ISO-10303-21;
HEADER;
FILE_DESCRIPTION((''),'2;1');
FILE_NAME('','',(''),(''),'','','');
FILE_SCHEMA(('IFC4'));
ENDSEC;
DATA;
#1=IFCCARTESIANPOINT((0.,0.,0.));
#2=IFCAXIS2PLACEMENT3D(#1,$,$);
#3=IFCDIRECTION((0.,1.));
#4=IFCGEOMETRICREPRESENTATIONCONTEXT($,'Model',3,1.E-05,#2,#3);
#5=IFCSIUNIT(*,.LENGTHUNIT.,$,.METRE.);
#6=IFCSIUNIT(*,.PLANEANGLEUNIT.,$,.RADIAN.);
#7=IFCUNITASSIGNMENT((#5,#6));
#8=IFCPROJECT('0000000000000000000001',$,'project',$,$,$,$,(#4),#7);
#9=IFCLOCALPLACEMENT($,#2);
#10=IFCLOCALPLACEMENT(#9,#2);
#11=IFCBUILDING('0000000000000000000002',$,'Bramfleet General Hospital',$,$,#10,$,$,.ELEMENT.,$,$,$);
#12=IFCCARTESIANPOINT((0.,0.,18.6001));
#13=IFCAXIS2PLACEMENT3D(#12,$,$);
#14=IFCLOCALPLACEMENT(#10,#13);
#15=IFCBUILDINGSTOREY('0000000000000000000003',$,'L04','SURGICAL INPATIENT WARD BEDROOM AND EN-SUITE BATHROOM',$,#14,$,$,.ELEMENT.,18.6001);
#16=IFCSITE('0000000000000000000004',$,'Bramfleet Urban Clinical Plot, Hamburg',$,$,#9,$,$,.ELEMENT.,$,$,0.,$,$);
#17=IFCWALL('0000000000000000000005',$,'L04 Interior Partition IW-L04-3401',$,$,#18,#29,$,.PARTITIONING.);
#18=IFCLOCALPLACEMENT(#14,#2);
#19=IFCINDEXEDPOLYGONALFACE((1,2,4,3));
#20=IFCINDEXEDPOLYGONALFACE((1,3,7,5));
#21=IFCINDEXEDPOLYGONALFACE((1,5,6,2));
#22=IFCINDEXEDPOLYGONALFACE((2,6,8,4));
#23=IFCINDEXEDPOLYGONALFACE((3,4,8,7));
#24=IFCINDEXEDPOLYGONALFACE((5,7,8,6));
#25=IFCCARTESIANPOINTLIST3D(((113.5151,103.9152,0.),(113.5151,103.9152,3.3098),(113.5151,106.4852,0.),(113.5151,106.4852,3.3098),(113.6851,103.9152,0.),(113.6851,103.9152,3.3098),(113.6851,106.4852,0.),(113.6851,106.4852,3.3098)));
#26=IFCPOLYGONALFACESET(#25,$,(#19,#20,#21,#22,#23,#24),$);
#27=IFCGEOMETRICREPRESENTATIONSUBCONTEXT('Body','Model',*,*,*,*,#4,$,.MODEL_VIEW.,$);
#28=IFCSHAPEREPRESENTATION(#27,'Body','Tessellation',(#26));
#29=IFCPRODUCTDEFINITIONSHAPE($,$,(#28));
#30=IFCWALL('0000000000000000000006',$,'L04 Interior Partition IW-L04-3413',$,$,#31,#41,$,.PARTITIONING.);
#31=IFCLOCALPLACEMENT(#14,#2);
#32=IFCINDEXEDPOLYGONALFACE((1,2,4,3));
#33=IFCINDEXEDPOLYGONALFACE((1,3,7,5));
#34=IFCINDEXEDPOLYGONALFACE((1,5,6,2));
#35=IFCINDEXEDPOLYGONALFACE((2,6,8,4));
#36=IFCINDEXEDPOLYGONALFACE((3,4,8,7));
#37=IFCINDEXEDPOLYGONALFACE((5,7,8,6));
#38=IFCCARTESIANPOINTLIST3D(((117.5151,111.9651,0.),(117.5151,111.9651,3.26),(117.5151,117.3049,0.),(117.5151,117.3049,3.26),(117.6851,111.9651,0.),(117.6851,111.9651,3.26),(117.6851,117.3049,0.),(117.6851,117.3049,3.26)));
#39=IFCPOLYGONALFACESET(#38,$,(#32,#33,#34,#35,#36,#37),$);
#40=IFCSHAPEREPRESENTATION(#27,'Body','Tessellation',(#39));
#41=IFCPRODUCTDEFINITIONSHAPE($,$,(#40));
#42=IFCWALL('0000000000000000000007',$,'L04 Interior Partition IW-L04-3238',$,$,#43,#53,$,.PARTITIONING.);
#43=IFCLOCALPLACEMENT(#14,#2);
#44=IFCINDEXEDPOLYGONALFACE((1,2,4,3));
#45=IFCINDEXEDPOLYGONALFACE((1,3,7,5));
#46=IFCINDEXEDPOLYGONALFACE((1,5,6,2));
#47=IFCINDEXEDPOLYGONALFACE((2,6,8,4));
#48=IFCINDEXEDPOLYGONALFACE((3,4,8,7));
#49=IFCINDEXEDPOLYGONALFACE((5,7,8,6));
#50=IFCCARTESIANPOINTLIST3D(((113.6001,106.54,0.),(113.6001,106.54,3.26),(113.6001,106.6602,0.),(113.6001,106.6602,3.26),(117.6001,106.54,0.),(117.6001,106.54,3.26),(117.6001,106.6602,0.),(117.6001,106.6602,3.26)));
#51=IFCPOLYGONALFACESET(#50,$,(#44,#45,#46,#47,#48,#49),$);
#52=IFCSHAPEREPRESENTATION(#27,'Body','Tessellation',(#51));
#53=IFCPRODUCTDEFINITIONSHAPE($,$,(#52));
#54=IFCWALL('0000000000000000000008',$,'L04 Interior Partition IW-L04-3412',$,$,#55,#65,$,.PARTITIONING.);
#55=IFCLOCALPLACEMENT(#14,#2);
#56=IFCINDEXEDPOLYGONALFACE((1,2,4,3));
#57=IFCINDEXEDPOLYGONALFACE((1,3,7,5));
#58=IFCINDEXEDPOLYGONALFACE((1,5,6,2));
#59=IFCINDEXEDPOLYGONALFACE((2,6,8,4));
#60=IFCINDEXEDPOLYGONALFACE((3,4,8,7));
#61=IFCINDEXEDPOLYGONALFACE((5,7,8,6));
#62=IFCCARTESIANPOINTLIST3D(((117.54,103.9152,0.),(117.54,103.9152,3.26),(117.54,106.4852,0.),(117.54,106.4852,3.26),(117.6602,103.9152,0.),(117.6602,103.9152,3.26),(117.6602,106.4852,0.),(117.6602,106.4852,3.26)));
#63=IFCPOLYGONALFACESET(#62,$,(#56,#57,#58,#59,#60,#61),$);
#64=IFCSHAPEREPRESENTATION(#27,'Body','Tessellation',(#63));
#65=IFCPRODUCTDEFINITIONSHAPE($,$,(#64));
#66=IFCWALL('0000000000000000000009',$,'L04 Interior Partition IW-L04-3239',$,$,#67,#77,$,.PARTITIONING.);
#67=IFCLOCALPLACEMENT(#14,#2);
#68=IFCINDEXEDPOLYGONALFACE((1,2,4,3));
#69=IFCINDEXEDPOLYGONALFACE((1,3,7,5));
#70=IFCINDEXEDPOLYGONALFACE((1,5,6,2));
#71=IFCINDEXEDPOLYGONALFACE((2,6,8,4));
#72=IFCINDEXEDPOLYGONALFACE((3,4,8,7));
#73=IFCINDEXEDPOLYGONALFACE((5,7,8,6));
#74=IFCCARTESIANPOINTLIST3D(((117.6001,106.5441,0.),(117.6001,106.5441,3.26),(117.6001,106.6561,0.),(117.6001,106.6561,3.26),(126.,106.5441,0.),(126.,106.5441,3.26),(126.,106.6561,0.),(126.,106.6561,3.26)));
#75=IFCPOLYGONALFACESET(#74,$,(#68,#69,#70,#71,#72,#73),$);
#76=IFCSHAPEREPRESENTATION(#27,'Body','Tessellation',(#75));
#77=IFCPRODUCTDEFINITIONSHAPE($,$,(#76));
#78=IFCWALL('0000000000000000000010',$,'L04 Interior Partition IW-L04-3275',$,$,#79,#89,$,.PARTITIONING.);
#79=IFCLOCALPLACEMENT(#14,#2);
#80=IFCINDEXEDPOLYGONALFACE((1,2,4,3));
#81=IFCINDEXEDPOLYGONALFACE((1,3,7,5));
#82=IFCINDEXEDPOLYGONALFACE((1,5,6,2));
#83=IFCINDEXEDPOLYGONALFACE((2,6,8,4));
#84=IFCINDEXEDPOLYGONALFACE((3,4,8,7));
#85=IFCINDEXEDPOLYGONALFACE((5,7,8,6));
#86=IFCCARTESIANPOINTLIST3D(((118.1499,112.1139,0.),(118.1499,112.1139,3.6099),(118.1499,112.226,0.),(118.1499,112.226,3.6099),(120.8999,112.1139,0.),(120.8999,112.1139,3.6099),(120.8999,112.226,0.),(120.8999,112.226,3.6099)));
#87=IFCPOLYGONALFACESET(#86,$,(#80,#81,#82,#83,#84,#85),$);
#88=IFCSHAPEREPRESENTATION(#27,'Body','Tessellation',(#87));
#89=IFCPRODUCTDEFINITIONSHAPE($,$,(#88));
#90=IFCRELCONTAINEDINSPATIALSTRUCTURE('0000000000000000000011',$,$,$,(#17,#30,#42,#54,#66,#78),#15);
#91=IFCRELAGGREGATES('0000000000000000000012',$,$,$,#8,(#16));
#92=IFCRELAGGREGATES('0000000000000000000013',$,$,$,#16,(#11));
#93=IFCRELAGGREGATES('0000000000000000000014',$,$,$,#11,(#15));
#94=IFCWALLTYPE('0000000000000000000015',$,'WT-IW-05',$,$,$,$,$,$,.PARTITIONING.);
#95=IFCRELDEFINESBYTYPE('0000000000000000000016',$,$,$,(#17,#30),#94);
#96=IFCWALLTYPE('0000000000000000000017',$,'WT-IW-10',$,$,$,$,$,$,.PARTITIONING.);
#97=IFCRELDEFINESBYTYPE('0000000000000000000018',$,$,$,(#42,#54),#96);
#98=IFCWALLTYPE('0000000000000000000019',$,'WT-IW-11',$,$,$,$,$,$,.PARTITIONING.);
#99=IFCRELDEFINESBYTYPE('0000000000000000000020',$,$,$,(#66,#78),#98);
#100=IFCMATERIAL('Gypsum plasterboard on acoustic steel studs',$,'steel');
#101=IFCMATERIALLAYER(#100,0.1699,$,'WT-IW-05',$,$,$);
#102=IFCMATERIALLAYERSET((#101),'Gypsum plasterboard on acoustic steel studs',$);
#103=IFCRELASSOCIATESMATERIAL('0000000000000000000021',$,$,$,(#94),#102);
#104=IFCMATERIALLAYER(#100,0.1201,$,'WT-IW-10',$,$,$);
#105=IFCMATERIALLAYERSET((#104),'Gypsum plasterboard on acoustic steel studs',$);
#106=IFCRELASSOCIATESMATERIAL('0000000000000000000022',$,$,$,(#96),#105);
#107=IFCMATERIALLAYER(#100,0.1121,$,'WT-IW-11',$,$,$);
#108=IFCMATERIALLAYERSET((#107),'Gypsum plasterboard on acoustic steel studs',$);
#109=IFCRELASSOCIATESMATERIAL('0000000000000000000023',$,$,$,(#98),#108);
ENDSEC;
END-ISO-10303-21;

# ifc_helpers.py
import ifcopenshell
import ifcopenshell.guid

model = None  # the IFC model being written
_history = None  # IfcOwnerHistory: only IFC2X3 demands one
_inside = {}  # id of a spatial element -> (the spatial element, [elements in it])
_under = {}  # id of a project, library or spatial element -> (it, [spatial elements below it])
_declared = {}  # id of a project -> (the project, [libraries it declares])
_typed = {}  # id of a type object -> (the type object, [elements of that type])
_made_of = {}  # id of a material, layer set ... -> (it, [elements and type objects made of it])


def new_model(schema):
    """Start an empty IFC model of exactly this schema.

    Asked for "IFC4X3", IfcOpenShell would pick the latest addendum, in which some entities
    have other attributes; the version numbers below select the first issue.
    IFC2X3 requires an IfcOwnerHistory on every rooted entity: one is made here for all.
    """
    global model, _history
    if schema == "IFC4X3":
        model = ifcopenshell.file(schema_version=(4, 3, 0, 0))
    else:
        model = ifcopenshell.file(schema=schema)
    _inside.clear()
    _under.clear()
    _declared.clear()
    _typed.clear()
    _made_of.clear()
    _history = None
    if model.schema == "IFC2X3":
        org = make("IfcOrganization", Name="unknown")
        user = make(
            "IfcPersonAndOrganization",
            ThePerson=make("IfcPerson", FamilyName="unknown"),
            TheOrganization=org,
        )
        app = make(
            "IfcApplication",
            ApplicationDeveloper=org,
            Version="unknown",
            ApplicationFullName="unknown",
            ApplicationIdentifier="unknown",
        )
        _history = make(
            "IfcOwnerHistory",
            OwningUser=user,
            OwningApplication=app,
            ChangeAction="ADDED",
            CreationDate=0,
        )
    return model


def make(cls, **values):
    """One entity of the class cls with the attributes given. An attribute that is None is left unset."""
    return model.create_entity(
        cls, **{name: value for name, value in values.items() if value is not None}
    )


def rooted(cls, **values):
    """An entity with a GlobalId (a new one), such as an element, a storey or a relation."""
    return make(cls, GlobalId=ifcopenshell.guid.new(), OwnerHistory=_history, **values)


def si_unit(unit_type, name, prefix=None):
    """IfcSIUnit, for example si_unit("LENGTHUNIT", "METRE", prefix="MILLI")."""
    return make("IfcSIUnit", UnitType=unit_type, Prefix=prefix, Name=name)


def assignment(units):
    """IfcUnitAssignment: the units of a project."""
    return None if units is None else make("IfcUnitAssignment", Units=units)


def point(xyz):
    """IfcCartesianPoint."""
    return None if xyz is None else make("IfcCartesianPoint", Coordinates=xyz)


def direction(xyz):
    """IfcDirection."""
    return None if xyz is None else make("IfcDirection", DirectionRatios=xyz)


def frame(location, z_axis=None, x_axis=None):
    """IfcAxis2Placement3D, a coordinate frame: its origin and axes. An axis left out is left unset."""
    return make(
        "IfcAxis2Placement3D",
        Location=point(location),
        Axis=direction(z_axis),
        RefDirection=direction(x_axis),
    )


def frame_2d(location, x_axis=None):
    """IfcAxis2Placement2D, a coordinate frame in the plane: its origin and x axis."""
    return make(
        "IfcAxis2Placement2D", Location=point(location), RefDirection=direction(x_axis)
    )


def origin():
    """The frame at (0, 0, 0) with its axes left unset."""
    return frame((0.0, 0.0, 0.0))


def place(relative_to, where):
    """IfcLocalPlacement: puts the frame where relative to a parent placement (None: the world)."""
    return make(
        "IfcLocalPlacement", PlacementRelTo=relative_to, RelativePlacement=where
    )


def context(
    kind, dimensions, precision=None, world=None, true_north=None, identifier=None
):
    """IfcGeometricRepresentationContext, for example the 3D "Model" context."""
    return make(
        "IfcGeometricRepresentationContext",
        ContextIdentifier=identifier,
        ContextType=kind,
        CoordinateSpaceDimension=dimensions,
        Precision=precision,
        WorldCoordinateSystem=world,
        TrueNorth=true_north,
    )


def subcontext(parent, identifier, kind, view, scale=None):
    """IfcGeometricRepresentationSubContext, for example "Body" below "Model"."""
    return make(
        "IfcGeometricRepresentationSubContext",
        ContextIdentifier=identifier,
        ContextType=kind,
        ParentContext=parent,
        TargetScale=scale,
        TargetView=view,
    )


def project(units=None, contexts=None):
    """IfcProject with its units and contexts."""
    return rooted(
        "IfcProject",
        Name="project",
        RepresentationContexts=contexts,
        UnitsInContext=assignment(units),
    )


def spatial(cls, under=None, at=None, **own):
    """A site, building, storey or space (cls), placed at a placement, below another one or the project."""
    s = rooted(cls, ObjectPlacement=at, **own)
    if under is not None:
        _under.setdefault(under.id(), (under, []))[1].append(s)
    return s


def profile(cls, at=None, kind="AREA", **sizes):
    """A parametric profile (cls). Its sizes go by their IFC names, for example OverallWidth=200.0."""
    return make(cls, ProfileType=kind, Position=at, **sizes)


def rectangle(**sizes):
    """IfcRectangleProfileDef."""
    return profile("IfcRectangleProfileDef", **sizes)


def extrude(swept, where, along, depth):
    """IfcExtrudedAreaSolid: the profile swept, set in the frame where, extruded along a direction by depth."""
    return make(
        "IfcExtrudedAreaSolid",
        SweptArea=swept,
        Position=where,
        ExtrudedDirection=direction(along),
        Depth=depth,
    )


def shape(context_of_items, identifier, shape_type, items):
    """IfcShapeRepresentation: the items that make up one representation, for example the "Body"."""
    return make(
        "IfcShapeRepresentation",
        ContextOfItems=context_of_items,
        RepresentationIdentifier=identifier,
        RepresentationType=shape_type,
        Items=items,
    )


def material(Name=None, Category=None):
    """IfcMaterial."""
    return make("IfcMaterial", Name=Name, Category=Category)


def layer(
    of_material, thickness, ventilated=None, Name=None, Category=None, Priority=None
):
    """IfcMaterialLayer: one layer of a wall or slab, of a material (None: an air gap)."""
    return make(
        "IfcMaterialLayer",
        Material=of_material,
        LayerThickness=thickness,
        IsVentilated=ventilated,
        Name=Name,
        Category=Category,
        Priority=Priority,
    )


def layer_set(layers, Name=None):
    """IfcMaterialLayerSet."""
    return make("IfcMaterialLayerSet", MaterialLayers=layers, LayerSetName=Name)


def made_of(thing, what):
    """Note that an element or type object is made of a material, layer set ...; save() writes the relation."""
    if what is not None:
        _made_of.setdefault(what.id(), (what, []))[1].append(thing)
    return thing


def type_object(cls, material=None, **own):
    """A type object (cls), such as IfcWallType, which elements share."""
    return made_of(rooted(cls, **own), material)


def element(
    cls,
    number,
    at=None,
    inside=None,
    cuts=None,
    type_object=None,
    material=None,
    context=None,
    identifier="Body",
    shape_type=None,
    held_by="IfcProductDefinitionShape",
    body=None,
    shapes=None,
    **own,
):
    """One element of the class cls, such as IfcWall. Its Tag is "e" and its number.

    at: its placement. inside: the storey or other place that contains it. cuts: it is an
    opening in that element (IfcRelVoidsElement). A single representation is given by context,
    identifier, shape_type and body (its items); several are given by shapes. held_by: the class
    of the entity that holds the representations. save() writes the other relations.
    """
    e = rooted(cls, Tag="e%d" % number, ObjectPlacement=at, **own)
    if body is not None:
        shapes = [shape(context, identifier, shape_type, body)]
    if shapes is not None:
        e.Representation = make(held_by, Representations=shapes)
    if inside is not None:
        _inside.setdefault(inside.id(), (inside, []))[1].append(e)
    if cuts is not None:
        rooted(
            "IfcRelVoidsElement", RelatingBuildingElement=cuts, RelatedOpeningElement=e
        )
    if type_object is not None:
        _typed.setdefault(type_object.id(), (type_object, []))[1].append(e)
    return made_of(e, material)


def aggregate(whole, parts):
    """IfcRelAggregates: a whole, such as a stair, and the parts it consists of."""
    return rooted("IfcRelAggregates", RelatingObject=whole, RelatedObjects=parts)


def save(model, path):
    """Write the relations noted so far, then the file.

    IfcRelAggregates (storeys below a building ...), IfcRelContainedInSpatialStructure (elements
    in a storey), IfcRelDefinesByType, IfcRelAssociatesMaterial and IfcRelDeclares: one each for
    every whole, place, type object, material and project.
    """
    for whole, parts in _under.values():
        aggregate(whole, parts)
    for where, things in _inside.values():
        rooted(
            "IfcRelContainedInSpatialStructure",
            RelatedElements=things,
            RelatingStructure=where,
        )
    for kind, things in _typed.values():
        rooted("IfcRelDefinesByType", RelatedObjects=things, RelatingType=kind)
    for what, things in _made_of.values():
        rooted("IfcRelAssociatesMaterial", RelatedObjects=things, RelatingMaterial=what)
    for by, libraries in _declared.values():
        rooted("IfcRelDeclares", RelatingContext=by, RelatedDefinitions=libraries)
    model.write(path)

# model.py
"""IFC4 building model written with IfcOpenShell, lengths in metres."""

from ifc_helpers import new_model, si_unit, direction, frame, frame_2d, origin, place, context, subcontext, project, spatial, rectangle, extrude, material, layer, layer_set, type_object, element, save


model = new_model("IFC4")

# Units and contexts
model_context = context("Model", 3, precision=1e-05, world=origin(), true_north=direction((0.0, 1.0)))
body_context = subcontext(model_context, "Body", "Model", "MODEL_VIEW")
ifc_project = project(units=[si_unit("LENGTHUNIT", "METRE"), si_unit("PLANEANGLEUNIT", "RADIAN")], contexts=[model_context])

# Site, building, storey
site_placement = place(None, origin())
site = spatial("IfcSite", under=ifc_project, at=site_placement, Name="Bramfleet Urban Clinical Plot, Hamburg", CompositionType="ELEMENT", RefElevation=0.0)
building_placement = place(site_placement, origin())
building = spatial("IfcBuilding", under=site, at=building_placement, Name="Bramfleet General Hospital", CompositionType="ELEMENT")
storey_placement = place(building_placement, frame((0.0, 0.0, 18.6001)))
storey = spatial("IfcBuildingStorey", under=building, at=storey_placement, Name="L04", Description="SURGICAL INPATIENT WARD BEDROOM AND EN-SUITE BATHROOM", CompositionType="ELEMENT", Elevation=18.6001)

# Walls
ifc_material_1 = material(Name="Gypsum plasterboard on acoustic steel studs", Category="steel")
ifc_layer_1 = layer(ifc_material_1, 0.1699, Name="WT-IW-05")
ifc_layer_set_1 = layer_set([ifc_layer_1], Name="Gypsum plasterboard on acoustic steel studs")
wall_type_1 = type_object("IfcWallType", Name="WT-IW-05", PredefinedType="PARTITIONING", material=ifc_layer_set_1)
wall_1_placement = place(storey_placement, frame((113.6001, 103.915, 0.0), z_axis=(0.0, 0.0, 1.0), x_axis=(0.0, 1.0, 0.0)))
element("IfcWall", 1, at=wall_1_placement, inside=storey, type_object=wall_type_1, Name="L04 Interior Partition IW-L04-3401", PredefinedType="PARTITIONING", context=body_context, shape_type="SweptSolid", body=[
    extrude(rectangle(XDim=2.5701, YDim=0.1699, at=frame_2d((1.2852, 0.0))), origin(), (0.0, 0.0, 1.0), 3.3098),
])
wall_2_placement = place(storey_placement, frame((117.6001, 111.9651, 0.0), z_axis=(0.0, 0.0, 1.0), x_axis=(0.0, 1.0, 0.0)))
element("IfcWall", 2, at=wall_2_placement, inside=storey, type_object=wall_type_1, Name="L04 Interior Partition IW-L04-3413", PredefinedType="PARTITIONING", context=body_context, shape_type="SweptSolid", body=[
    extrude(rectangle(XDim=5.3398, YDim=0.1699, at=frame_2d((2.6699, 0.0))), origin(), (0.0, 0.0, 1.0), 3.26),
])
ifc_layer_2 = layer(ifc_material_1, 0.1201, Name="WT-IW-10")
ifc_layer_set_2 = layer_set([ifc_layer_2], Name="Gypsum plasterboard on acoustic steel studs")
wall_type_2 = type_object("IfcWallType", Name="WT-IW-10", PredefinedType="PARTITIONING", material=ifc_layer_set_2)
wall_3_placement = place(storey_placement, frame((113.6001, 106.6001, 0.0), z_axis=(0.0, 0.0, 1.0), x_axis=(1.0, 0.0, 0.0)))
element("IfcWall", 3, at=wall_3_placement, inside=storey, type_object=wall_type_2, Name="L04 Interior Partition IW-L04-3238", PredefinedType="PARTITIONING", context=body_context, shape_type="SweptSolid", body=[
    extrude(rectangle(XDim=4.0, YDim=0.1201, at=frame_2d((2.0, 0.0))), origin(), (0.0, 0.0, 1.0), 3.26),
])
wall_4_placement = place(storey_placement, frame((117.6001, 103.915, 0.0), z_axis=(0.0, 0.0, 1.0), x_axis=(0.0, 1.0, 0.0)))
element("IfcWall", 4, at=wall_4_placement, inside=storey, type_object=wall_type_2, Name="L04 Interior Partition IW-L04-3412", PredefinedType="PARTITIONING", context=body_context, shape_type="SweptSolid", body=[
    extrude(rectangle(XDim=2.5701, YDim=0.1201, at=frame_2d((1.2852, 0.0))), origin(), (0.0, 0.0, 1.0), 3.26),
])
ifc_layer_3 = layer(ifc_material_1, 0.1121, Name="WT-IW-11")
ifc_layer_set_3 = layer_set([ifc_layer_3], Name="Gypsum plasterboard on acoustic steel studs")
wall_type_3 = type_object("IfcWallType", Name="WT-IW-11", PredefinedType="PARTITIONING", material=ifc_layer_set_3)
wall_5_placement = place(storey_placement, frame((117.6001, 106.6001, 0.0), z_axis=(0.0, 0.0, 1.0), x_axis=(1.0, 0.0, 0.0)))
element("IfcWall", 5, at=wall_5_placement, inside=storey, type_object=wall_type_3, Name="L04 Interior Partition IW-L04-3239", PredefinedType="PARTITIONING", context=body_context, shape_type="SweptSolid", body=[
    extrude(rectangle(XDim=8.3999, YDim=0.1121, at=frame_2d((4.2, 0.0))), origin(), (0.0, 0.0, 1.0), 3.26),
])
wall_6_placement = place(storey_placement, frame((118.1499, 112.1699, 0.0), z_axis=(0.0, 0.0, 1.0), x_axis=(1.0, 0.0, 0.0)))
element("IfcWall", 6, at=wall_6_placement, inside=storey, type_object=wall_type_3, Name="L04 Interior Partition IW-L04-3275", PredefinedType="PARTITIONING", context=body_context, shape_type="SweptSolid", body=[
    extrude(rectangle(XDim=2.75, YDim=0.1121, at=frame_2d((1.375, 0.0))), origin(), (0.0, 0.0, 1.0), 3.6099),
])

save(model, "model.ifc")
